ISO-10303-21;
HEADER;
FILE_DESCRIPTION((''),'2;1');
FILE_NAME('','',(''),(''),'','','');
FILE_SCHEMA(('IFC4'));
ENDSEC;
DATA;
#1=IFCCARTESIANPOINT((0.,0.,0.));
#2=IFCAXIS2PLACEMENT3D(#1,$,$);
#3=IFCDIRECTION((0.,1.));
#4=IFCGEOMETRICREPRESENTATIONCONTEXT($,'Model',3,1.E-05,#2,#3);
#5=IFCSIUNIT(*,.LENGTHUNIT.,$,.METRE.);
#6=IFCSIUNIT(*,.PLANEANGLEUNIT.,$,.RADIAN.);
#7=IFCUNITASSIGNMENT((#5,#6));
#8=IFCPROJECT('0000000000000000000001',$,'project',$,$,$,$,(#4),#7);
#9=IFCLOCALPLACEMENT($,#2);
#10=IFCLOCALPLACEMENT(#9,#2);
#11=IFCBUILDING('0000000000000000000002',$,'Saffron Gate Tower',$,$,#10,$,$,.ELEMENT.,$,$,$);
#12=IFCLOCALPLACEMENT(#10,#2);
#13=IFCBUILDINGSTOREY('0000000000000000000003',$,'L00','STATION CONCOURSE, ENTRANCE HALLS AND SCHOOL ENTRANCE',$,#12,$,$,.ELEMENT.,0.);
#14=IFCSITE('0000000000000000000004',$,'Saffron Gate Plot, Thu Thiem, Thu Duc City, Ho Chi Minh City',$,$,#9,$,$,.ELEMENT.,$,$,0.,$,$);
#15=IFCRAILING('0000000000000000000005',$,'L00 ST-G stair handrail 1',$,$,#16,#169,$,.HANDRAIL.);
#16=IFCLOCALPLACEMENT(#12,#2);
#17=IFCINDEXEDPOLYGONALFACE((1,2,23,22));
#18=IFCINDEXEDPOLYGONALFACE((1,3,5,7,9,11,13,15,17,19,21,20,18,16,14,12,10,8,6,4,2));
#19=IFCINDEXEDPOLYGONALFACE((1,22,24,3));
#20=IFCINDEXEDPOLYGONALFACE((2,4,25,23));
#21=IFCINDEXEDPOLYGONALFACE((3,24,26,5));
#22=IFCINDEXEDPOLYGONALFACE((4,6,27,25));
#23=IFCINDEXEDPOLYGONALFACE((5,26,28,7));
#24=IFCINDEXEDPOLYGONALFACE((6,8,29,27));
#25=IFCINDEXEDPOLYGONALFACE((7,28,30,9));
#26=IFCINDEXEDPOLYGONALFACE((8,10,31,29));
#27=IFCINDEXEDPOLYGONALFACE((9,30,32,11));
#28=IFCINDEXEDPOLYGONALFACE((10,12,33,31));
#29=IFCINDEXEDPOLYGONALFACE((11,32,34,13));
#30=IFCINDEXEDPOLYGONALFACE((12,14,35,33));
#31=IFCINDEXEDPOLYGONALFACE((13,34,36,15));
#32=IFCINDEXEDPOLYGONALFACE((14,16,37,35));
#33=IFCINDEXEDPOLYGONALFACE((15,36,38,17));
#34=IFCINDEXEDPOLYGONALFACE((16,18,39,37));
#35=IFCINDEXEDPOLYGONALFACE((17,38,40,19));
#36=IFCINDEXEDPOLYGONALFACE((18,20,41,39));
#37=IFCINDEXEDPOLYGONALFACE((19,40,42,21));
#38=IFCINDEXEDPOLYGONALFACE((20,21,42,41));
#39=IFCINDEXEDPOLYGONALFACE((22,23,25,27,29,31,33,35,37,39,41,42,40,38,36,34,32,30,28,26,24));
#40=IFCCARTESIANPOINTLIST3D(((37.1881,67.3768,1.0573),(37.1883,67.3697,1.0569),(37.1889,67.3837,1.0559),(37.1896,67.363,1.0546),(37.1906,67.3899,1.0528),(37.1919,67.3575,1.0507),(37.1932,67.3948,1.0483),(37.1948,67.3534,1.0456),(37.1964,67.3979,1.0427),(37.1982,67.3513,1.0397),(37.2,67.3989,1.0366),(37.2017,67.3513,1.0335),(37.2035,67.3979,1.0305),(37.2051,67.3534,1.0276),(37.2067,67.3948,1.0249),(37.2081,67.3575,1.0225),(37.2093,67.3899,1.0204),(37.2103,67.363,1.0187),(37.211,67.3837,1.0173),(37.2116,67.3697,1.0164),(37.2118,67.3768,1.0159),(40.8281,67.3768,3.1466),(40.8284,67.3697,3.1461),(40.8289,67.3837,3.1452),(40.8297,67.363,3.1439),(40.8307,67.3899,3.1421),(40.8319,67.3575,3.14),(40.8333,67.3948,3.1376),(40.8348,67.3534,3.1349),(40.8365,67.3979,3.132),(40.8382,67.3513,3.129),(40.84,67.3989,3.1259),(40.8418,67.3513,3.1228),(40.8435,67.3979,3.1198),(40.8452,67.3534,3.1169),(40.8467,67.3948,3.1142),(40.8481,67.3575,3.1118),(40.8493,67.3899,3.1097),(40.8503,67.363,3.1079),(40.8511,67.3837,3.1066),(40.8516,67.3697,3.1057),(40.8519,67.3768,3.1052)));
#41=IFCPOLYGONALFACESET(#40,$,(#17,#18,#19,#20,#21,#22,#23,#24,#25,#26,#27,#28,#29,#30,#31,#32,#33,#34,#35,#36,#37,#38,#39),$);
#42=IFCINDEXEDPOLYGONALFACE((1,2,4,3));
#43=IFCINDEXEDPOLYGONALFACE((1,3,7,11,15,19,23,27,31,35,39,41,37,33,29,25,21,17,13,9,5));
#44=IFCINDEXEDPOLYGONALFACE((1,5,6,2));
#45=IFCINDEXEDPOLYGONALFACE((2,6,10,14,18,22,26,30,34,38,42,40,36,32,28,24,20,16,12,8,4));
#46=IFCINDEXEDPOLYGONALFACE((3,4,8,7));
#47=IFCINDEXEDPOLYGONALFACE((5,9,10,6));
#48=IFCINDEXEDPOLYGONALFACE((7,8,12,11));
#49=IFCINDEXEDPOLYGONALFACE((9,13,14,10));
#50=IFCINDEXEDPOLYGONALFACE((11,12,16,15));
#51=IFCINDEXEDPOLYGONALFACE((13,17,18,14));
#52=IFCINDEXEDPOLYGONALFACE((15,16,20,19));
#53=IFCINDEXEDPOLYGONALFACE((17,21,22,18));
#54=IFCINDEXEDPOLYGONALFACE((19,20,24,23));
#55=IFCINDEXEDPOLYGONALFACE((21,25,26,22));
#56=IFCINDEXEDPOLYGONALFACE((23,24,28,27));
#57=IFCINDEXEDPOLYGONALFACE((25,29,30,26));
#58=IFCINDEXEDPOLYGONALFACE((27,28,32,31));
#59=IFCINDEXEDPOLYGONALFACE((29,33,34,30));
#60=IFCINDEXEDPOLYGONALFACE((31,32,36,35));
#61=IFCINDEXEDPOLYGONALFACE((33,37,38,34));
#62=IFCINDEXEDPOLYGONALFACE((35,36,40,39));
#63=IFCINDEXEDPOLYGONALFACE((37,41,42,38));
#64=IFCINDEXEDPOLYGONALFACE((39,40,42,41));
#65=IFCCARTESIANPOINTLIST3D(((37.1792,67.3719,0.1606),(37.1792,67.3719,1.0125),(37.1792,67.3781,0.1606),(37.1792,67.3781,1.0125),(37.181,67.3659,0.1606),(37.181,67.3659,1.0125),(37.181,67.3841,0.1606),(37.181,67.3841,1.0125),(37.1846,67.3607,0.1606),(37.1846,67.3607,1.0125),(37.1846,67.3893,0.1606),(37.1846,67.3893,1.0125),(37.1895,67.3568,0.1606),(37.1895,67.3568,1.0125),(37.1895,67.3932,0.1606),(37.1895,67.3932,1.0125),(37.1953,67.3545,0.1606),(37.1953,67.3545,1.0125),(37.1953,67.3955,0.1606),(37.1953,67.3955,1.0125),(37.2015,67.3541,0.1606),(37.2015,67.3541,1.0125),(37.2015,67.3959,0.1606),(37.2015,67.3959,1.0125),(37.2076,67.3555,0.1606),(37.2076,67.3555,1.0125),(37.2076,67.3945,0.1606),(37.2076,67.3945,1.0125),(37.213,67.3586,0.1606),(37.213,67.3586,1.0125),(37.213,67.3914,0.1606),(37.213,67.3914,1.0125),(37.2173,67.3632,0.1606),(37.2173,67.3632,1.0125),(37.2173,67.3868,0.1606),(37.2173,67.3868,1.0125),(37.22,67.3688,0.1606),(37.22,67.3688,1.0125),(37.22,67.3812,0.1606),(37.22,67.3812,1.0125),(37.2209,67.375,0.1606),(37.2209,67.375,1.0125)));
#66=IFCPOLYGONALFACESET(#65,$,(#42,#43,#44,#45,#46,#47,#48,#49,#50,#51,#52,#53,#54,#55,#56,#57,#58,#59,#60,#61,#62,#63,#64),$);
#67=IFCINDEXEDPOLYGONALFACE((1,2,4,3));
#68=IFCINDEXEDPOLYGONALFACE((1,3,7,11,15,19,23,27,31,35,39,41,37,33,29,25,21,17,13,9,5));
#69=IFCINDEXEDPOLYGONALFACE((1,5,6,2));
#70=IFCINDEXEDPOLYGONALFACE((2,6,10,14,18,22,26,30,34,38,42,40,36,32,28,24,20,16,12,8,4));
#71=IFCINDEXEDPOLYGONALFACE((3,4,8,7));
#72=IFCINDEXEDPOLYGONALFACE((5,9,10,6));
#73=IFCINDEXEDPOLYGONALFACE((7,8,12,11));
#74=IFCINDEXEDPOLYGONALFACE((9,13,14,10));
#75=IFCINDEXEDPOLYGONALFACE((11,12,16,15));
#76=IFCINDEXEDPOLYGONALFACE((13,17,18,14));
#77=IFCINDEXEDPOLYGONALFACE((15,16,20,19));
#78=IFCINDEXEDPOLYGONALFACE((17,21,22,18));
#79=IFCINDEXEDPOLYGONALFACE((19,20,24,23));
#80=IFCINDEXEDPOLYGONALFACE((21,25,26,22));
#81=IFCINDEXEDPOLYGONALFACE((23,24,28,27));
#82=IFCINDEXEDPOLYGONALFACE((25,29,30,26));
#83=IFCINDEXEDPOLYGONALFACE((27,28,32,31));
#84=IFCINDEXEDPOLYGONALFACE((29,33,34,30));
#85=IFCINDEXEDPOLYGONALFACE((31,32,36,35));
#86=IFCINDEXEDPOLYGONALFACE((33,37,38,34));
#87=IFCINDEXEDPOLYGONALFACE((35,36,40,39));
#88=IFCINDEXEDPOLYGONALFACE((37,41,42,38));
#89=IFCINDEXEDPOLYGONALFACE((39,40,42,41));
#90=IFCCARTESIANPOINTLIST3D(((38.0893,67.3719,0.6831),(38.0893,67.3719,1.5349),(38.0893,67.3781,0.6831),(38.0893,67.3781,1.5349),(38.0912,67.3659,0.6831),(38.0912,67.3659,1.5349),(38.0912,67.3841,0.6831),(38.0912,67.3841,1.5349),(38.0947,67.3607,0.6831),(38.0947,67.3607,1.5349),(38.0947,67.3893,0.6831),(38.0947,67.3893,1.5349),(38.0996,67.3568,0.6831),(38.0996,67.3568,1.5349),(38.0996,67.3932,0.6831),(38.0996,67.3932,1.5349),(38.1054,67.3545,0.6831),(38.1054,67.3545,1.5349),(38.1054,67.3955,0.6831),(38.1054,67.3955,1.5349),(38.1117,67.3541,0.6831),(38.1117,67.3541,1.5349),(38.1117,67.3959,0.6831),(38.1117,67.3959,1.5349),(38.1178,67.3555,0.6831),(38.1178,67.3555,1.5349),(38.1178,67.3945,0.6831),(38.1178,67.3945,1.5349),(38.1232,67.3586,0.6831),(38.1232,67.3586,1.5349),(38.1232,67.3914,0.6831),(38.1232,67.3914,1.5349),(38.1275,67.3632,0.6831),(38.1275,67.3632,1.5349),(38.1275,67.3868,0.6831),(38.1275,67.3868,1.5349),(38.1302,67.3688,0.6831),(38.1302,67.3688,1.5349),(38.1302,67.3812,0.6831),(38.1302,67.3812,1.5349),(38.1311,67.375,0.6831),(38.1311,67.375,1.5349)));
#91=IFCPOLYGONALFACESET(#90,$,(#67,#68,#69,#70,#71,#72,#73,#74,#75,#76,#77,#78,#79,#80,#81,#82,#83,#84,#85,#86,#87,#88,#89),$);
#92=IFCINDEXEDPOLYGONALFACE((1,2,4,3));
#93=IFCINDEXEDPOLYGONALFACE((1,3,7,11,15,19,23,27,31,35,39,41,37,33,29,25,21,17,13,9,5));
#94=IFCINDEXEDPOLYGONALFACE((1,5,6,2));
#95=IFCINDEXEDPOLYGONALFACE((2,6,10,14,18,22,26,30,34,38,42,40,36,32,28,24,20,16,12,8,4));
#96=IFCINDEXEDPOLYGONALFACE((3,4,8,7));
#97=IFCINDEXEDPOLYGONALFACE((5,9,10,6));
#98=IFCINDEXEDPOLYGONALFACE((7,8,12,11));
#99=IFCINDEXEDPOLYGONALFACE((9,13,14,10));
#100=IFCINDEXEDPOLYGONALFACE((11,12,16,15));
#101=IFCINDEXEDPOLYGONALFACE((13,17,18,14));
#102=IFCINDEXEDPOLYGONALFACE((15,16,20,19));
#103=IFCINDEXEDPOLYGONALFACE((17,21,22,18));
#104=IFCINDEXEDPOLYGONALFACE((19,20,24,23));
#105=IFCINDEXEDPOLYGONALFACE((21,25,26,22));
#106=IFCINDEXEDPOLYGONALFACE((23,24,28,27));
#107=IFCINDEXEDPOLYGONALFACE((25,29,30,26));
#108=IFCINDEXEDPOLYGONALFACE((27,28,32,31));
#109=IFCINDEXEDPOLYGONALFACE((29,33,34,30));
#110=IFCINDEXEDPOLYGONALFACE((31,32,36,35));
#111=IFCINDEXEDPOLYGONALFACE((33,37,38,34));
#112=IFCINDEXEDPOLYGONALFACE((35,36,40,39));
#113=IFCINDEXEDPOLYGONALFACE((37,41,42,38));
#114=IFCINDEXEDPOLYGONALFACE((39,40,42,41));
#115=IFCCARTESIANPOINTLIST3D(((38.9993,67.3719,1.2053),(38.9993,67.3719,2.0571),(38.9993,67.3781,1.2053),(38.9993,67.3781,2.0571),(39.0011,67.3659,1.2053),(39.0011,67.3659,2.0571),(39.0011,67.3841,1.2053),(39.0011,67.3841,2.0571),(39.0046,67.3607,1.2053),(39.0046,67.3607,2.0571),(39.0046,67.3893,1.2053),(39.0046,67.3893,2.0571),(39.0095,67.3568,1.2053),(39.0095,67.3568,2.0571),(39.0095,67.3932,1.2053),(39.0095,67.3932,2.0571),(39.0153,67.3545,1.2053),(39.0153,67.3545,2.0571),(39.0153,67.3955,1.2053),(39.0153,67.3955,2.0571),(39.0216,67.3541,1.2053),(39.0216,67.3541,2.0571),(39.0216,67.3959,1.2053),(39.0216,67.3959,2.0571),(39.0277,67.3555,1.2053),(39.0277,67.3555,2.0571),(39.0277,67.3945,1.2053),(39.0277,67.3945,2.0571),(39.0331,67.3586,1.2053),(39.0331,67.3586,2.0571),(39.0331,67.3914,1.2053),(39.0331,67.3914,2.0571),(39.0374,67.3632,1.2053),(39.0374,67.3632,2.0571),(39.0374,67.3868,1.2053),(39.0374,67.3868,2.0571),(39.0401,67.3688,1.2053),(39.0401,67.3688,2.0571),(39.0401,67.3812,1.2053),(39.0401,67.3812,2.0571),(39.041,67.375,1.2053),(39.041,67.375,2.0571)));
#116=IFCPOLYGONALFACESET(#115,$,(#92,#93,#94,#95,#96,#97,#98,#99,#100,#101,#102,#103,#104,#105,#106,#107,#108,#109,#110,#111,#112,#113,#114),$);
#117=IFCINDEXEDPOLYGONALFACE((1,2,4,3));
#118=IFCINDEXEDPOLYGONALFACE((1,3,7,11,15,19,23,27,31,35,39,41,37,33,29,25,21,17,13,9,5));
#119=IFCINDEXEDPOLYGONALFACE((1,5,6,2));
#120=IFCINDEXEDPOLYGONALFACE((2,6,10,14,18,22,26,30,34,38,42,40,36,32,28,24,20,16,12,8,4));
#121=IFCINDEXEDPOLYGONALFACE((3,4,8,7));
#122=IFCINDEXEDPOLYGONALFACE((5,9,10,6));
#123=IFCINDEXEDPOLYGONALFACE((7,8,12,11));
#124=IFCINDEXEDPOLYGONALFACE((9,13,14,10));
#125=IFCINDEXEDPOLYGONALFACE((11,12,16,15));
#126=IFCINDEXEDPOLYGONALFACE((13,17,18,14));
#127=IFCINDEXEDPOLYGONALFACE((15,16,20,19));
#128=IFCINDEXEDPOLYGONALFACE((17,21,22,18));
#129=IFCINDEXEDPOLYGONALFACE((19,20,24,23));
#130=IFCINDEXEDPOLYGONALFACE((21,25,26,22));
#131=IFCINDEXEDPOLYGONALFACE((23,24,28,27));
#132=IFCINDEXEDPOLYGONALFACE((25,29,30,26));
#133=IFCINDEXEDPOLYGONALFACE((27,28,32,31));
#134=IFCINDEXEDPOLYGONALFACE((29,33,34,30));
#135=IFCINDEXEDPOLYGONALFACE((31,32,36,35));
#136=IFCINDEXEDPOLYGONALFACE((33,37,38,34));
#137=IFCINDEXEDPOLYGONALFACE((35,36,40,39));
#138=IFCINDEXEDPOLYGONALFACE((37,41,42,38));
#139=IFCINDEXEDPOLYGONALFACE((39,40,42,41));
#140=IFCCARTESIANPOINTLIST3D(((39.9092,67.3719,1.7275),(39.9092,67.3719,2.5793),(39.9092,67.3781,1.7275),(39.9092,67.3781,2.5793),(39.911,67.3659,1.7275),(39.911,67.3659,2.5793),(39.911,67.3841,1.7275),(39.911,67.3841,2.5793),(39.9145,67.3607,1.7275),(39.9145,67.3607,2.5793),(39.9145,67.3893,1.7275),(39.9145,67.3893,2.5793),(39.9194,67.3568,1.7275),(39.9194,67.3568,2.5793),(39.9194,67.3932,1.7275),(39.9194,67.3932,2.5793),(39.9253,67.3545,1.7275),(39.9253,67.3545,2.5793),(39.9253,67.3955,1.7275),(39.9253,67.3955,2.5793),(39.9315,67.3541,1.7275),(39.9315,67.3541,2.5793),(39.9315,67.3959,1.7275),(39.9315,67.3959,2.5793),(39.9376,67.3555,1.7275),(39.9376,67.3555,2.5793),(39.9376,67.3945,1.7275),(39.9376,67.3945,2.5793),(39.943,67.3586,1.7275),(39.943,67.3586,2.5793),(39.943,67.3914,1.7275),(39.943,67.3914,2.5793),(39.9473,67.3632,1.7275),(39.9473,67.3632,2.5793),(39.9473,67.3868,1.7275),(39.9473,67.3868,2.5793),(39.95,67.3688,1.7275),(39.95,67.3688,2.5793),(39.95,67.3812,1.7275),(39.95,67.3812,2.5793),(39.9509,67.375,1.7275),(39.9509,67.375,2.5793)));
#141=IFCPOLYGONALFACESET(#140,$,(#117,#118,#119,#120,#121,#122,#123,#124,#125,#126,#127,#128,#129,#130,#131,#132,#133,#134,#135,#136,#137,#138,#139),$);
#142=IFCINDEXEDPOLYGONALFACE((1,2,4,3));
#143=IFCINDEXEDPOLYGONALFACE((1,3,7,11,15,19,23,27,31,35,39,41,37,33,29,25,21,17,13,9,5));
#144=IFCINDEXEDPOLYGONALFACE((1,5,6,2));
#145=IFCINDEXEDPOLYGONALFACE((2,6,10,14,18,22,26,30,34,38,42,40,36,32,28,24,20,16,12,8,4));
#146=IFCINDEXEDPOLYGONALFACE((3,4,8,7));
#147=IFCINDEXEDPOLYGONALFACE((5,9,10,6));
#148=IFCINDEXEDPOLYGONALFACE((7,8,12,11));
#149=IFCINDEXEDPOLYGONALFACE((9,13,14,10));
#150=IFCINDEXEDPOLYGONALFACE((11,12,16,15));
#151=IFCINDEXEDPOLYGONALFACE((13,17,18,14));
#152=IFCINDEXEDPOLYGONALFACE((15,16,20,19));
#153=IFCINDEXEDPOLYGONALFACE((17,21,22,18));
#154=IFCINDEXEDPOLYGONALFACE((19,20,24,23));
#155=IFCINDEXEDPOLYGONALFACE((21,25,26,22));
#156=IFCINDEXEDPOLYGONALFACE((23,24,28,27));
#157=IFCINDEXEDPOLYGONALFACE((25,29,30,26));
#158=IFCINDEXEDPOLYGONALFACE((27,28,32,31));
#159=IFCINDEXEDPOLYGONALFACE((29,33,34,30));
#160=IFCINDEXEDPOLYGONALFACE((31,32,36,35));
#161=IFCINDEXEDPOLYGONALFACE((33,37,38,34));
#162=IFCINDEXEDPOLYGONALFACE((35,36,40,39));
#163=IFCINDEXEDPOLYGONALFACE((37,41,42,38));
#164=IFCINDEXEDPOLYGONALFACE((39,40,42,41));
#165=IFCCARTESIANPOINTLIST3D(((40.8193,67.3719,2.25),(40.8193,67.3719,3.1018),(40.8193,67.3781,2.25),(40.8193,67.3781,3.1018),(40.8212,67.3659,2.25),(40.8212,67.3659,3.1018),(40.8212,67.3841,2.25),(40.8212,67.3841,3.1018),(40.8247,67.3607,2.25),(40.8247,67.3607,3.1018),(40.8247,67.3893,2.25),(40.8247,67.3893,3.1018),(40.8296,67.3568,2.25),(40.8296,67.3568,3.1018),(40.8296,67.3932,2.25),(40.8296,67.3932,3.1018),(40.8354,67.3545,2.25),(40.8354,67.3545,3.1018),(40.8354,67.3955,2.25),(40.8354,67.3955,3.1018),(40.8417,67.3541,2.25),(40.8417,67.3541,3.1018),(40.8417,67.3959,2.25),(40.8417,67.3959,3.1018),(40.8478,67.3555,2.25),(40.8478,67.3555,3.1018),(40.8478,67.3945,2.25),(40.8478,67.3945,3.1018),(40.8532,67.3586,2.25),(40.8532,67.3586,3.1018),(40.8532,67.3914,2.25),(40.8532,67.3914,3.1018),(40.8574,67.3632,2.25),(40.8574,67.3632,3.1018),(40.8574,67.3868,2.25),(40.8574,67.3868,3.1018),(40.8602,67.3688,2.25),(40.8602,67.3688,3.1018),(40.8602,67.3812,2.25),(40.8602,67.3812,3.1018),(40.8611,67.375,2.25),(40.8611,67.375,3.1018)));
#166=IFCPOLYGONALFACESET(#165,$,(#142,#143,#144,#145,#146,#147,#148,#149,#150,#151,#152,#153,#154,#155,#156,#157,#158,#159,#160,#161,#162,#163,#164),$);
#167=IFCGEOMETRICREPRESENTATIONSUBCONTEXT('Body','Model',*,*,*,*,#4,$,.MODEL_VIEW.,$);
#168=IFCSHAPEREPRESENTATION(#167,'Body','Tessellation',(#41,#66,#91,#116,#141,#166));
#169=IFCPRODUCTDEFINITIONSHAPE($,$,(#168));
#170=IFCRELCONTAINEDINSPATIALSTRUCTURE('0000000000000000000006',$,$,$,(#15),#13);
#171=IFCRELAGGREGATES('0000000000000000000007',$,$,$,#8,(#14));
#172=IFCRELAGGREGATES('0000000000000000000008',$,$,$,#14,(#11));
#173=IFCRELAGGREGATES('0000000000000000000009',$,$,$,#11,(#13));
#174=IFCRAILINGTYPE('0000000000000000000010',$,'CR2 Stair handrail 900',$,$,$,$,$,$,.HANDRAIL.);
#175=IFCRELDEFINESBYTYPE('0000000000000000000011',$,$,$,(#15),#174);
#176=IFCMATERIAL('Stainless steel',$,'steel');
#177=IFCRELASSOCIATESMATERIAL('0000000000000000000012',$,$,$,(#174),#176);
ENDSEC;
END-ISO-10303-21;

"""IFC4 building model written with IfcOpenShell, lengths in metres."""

from ifc_helpers import new_model, si_unit, direction, frame, origin, origin_2d, place, context, subcontext, project, spatial, circle, extrude, material, type_object, element, save


model = new_model("IFC4")

# Units and contexts
model_context = context("Model", 3, precision=1e-05, world=origin(), true_north=direction((0.0, 1.0)))
body_context = subcontext(model_context, "Body", "Model", "MODEL_VIEW")
ifc_project = project(units=[si_unit("LENGTHUNIT", "METRE"), si_unit("PLANEANGLEUNIT", "RADIAN")], contexts=[model_context])

# Site, building, storey
site_placement = place(None, origin())
site = spatial("IfcSite", under=ifc_project, at=site_placement, Name="Saffron Gate Plot, Thu Thiem, Thu Duc City, Ho Chi Minh City", CompositionType="ELEMENT", RefElevation=0.0)
building_placement = place(site_placement, origin())
building = spatial("IfcBuilding", under=site, at=building_placement, Name="Saffron Gate Tower", CompositionType="ELEMENT")
storey_placement = place(building_placement, origin())
storey = spatial("IfcBuildingStorey", under=building, at=storey_placement, Name="L00", Description="STATION CONCOURSE, ENTRANCE HALLS AND SCHOOL ENTRANCE", CompositionType="ELEMENT", Elevation=0.0)

# Railing
ifc_material_1 = material(Name="Stainless steel", Category="steel")
railing_type_1 = type_object("IfcRailingType", Name="CR2 Stair handrail 900", PredefinedType="HANDRAIL", material=ifc_material_1)
railing_1_placement = place(storey_placement, frame((37.2, 67.375, 0.1606)))
element("IfcRailing", 1, at=railing_1_placement, inside=storey, type_object=railing_type_1, Name="L00 ST-G stair handrail 1", PredefinedType="HANDRAIL", context=body_context, shape_type="SweptSolid", body=[
    extrude(circle(Radius=0.0239, at=origin_2d()), frame((0.0, 0.0, 0.876), z_axis=(0.867289, 0.0, 0.497804), x_axis=(0.0, 1.0, 0.0)), (0.0, 0.0, 1.0), 4.197),
    extrude(circle(Radius=0.021, at=origin_2d()), origin(), (0.0, 0.0, 1.0), 0.8518),
    extrude(circle(Radius=0.021, at=origin_2d()), frame((0.9102, 0.0, 0.5225)), (0.0, 0.0, 1.0), 0.8518),
    extrude(circle(Radius=0.021, at=origin_2d()), frame((1.8201, 0.0, 1.0447)), (0.0, 0.0, 1.0), 0.8518),
    extrude(circle(Radius=0.021, at=origin_2d()), frame((2.73, 0.0, 1.5669)), (0.0, 0.0, 1.0), 0.8518),
    extrude(circle(Radius=0.021, at=origin_2d()), frame((3.6401, 0.0, 2.0894)), (0.0, 0.0, 1.0), 0.8518),
])

save(model, "model.ifc")
